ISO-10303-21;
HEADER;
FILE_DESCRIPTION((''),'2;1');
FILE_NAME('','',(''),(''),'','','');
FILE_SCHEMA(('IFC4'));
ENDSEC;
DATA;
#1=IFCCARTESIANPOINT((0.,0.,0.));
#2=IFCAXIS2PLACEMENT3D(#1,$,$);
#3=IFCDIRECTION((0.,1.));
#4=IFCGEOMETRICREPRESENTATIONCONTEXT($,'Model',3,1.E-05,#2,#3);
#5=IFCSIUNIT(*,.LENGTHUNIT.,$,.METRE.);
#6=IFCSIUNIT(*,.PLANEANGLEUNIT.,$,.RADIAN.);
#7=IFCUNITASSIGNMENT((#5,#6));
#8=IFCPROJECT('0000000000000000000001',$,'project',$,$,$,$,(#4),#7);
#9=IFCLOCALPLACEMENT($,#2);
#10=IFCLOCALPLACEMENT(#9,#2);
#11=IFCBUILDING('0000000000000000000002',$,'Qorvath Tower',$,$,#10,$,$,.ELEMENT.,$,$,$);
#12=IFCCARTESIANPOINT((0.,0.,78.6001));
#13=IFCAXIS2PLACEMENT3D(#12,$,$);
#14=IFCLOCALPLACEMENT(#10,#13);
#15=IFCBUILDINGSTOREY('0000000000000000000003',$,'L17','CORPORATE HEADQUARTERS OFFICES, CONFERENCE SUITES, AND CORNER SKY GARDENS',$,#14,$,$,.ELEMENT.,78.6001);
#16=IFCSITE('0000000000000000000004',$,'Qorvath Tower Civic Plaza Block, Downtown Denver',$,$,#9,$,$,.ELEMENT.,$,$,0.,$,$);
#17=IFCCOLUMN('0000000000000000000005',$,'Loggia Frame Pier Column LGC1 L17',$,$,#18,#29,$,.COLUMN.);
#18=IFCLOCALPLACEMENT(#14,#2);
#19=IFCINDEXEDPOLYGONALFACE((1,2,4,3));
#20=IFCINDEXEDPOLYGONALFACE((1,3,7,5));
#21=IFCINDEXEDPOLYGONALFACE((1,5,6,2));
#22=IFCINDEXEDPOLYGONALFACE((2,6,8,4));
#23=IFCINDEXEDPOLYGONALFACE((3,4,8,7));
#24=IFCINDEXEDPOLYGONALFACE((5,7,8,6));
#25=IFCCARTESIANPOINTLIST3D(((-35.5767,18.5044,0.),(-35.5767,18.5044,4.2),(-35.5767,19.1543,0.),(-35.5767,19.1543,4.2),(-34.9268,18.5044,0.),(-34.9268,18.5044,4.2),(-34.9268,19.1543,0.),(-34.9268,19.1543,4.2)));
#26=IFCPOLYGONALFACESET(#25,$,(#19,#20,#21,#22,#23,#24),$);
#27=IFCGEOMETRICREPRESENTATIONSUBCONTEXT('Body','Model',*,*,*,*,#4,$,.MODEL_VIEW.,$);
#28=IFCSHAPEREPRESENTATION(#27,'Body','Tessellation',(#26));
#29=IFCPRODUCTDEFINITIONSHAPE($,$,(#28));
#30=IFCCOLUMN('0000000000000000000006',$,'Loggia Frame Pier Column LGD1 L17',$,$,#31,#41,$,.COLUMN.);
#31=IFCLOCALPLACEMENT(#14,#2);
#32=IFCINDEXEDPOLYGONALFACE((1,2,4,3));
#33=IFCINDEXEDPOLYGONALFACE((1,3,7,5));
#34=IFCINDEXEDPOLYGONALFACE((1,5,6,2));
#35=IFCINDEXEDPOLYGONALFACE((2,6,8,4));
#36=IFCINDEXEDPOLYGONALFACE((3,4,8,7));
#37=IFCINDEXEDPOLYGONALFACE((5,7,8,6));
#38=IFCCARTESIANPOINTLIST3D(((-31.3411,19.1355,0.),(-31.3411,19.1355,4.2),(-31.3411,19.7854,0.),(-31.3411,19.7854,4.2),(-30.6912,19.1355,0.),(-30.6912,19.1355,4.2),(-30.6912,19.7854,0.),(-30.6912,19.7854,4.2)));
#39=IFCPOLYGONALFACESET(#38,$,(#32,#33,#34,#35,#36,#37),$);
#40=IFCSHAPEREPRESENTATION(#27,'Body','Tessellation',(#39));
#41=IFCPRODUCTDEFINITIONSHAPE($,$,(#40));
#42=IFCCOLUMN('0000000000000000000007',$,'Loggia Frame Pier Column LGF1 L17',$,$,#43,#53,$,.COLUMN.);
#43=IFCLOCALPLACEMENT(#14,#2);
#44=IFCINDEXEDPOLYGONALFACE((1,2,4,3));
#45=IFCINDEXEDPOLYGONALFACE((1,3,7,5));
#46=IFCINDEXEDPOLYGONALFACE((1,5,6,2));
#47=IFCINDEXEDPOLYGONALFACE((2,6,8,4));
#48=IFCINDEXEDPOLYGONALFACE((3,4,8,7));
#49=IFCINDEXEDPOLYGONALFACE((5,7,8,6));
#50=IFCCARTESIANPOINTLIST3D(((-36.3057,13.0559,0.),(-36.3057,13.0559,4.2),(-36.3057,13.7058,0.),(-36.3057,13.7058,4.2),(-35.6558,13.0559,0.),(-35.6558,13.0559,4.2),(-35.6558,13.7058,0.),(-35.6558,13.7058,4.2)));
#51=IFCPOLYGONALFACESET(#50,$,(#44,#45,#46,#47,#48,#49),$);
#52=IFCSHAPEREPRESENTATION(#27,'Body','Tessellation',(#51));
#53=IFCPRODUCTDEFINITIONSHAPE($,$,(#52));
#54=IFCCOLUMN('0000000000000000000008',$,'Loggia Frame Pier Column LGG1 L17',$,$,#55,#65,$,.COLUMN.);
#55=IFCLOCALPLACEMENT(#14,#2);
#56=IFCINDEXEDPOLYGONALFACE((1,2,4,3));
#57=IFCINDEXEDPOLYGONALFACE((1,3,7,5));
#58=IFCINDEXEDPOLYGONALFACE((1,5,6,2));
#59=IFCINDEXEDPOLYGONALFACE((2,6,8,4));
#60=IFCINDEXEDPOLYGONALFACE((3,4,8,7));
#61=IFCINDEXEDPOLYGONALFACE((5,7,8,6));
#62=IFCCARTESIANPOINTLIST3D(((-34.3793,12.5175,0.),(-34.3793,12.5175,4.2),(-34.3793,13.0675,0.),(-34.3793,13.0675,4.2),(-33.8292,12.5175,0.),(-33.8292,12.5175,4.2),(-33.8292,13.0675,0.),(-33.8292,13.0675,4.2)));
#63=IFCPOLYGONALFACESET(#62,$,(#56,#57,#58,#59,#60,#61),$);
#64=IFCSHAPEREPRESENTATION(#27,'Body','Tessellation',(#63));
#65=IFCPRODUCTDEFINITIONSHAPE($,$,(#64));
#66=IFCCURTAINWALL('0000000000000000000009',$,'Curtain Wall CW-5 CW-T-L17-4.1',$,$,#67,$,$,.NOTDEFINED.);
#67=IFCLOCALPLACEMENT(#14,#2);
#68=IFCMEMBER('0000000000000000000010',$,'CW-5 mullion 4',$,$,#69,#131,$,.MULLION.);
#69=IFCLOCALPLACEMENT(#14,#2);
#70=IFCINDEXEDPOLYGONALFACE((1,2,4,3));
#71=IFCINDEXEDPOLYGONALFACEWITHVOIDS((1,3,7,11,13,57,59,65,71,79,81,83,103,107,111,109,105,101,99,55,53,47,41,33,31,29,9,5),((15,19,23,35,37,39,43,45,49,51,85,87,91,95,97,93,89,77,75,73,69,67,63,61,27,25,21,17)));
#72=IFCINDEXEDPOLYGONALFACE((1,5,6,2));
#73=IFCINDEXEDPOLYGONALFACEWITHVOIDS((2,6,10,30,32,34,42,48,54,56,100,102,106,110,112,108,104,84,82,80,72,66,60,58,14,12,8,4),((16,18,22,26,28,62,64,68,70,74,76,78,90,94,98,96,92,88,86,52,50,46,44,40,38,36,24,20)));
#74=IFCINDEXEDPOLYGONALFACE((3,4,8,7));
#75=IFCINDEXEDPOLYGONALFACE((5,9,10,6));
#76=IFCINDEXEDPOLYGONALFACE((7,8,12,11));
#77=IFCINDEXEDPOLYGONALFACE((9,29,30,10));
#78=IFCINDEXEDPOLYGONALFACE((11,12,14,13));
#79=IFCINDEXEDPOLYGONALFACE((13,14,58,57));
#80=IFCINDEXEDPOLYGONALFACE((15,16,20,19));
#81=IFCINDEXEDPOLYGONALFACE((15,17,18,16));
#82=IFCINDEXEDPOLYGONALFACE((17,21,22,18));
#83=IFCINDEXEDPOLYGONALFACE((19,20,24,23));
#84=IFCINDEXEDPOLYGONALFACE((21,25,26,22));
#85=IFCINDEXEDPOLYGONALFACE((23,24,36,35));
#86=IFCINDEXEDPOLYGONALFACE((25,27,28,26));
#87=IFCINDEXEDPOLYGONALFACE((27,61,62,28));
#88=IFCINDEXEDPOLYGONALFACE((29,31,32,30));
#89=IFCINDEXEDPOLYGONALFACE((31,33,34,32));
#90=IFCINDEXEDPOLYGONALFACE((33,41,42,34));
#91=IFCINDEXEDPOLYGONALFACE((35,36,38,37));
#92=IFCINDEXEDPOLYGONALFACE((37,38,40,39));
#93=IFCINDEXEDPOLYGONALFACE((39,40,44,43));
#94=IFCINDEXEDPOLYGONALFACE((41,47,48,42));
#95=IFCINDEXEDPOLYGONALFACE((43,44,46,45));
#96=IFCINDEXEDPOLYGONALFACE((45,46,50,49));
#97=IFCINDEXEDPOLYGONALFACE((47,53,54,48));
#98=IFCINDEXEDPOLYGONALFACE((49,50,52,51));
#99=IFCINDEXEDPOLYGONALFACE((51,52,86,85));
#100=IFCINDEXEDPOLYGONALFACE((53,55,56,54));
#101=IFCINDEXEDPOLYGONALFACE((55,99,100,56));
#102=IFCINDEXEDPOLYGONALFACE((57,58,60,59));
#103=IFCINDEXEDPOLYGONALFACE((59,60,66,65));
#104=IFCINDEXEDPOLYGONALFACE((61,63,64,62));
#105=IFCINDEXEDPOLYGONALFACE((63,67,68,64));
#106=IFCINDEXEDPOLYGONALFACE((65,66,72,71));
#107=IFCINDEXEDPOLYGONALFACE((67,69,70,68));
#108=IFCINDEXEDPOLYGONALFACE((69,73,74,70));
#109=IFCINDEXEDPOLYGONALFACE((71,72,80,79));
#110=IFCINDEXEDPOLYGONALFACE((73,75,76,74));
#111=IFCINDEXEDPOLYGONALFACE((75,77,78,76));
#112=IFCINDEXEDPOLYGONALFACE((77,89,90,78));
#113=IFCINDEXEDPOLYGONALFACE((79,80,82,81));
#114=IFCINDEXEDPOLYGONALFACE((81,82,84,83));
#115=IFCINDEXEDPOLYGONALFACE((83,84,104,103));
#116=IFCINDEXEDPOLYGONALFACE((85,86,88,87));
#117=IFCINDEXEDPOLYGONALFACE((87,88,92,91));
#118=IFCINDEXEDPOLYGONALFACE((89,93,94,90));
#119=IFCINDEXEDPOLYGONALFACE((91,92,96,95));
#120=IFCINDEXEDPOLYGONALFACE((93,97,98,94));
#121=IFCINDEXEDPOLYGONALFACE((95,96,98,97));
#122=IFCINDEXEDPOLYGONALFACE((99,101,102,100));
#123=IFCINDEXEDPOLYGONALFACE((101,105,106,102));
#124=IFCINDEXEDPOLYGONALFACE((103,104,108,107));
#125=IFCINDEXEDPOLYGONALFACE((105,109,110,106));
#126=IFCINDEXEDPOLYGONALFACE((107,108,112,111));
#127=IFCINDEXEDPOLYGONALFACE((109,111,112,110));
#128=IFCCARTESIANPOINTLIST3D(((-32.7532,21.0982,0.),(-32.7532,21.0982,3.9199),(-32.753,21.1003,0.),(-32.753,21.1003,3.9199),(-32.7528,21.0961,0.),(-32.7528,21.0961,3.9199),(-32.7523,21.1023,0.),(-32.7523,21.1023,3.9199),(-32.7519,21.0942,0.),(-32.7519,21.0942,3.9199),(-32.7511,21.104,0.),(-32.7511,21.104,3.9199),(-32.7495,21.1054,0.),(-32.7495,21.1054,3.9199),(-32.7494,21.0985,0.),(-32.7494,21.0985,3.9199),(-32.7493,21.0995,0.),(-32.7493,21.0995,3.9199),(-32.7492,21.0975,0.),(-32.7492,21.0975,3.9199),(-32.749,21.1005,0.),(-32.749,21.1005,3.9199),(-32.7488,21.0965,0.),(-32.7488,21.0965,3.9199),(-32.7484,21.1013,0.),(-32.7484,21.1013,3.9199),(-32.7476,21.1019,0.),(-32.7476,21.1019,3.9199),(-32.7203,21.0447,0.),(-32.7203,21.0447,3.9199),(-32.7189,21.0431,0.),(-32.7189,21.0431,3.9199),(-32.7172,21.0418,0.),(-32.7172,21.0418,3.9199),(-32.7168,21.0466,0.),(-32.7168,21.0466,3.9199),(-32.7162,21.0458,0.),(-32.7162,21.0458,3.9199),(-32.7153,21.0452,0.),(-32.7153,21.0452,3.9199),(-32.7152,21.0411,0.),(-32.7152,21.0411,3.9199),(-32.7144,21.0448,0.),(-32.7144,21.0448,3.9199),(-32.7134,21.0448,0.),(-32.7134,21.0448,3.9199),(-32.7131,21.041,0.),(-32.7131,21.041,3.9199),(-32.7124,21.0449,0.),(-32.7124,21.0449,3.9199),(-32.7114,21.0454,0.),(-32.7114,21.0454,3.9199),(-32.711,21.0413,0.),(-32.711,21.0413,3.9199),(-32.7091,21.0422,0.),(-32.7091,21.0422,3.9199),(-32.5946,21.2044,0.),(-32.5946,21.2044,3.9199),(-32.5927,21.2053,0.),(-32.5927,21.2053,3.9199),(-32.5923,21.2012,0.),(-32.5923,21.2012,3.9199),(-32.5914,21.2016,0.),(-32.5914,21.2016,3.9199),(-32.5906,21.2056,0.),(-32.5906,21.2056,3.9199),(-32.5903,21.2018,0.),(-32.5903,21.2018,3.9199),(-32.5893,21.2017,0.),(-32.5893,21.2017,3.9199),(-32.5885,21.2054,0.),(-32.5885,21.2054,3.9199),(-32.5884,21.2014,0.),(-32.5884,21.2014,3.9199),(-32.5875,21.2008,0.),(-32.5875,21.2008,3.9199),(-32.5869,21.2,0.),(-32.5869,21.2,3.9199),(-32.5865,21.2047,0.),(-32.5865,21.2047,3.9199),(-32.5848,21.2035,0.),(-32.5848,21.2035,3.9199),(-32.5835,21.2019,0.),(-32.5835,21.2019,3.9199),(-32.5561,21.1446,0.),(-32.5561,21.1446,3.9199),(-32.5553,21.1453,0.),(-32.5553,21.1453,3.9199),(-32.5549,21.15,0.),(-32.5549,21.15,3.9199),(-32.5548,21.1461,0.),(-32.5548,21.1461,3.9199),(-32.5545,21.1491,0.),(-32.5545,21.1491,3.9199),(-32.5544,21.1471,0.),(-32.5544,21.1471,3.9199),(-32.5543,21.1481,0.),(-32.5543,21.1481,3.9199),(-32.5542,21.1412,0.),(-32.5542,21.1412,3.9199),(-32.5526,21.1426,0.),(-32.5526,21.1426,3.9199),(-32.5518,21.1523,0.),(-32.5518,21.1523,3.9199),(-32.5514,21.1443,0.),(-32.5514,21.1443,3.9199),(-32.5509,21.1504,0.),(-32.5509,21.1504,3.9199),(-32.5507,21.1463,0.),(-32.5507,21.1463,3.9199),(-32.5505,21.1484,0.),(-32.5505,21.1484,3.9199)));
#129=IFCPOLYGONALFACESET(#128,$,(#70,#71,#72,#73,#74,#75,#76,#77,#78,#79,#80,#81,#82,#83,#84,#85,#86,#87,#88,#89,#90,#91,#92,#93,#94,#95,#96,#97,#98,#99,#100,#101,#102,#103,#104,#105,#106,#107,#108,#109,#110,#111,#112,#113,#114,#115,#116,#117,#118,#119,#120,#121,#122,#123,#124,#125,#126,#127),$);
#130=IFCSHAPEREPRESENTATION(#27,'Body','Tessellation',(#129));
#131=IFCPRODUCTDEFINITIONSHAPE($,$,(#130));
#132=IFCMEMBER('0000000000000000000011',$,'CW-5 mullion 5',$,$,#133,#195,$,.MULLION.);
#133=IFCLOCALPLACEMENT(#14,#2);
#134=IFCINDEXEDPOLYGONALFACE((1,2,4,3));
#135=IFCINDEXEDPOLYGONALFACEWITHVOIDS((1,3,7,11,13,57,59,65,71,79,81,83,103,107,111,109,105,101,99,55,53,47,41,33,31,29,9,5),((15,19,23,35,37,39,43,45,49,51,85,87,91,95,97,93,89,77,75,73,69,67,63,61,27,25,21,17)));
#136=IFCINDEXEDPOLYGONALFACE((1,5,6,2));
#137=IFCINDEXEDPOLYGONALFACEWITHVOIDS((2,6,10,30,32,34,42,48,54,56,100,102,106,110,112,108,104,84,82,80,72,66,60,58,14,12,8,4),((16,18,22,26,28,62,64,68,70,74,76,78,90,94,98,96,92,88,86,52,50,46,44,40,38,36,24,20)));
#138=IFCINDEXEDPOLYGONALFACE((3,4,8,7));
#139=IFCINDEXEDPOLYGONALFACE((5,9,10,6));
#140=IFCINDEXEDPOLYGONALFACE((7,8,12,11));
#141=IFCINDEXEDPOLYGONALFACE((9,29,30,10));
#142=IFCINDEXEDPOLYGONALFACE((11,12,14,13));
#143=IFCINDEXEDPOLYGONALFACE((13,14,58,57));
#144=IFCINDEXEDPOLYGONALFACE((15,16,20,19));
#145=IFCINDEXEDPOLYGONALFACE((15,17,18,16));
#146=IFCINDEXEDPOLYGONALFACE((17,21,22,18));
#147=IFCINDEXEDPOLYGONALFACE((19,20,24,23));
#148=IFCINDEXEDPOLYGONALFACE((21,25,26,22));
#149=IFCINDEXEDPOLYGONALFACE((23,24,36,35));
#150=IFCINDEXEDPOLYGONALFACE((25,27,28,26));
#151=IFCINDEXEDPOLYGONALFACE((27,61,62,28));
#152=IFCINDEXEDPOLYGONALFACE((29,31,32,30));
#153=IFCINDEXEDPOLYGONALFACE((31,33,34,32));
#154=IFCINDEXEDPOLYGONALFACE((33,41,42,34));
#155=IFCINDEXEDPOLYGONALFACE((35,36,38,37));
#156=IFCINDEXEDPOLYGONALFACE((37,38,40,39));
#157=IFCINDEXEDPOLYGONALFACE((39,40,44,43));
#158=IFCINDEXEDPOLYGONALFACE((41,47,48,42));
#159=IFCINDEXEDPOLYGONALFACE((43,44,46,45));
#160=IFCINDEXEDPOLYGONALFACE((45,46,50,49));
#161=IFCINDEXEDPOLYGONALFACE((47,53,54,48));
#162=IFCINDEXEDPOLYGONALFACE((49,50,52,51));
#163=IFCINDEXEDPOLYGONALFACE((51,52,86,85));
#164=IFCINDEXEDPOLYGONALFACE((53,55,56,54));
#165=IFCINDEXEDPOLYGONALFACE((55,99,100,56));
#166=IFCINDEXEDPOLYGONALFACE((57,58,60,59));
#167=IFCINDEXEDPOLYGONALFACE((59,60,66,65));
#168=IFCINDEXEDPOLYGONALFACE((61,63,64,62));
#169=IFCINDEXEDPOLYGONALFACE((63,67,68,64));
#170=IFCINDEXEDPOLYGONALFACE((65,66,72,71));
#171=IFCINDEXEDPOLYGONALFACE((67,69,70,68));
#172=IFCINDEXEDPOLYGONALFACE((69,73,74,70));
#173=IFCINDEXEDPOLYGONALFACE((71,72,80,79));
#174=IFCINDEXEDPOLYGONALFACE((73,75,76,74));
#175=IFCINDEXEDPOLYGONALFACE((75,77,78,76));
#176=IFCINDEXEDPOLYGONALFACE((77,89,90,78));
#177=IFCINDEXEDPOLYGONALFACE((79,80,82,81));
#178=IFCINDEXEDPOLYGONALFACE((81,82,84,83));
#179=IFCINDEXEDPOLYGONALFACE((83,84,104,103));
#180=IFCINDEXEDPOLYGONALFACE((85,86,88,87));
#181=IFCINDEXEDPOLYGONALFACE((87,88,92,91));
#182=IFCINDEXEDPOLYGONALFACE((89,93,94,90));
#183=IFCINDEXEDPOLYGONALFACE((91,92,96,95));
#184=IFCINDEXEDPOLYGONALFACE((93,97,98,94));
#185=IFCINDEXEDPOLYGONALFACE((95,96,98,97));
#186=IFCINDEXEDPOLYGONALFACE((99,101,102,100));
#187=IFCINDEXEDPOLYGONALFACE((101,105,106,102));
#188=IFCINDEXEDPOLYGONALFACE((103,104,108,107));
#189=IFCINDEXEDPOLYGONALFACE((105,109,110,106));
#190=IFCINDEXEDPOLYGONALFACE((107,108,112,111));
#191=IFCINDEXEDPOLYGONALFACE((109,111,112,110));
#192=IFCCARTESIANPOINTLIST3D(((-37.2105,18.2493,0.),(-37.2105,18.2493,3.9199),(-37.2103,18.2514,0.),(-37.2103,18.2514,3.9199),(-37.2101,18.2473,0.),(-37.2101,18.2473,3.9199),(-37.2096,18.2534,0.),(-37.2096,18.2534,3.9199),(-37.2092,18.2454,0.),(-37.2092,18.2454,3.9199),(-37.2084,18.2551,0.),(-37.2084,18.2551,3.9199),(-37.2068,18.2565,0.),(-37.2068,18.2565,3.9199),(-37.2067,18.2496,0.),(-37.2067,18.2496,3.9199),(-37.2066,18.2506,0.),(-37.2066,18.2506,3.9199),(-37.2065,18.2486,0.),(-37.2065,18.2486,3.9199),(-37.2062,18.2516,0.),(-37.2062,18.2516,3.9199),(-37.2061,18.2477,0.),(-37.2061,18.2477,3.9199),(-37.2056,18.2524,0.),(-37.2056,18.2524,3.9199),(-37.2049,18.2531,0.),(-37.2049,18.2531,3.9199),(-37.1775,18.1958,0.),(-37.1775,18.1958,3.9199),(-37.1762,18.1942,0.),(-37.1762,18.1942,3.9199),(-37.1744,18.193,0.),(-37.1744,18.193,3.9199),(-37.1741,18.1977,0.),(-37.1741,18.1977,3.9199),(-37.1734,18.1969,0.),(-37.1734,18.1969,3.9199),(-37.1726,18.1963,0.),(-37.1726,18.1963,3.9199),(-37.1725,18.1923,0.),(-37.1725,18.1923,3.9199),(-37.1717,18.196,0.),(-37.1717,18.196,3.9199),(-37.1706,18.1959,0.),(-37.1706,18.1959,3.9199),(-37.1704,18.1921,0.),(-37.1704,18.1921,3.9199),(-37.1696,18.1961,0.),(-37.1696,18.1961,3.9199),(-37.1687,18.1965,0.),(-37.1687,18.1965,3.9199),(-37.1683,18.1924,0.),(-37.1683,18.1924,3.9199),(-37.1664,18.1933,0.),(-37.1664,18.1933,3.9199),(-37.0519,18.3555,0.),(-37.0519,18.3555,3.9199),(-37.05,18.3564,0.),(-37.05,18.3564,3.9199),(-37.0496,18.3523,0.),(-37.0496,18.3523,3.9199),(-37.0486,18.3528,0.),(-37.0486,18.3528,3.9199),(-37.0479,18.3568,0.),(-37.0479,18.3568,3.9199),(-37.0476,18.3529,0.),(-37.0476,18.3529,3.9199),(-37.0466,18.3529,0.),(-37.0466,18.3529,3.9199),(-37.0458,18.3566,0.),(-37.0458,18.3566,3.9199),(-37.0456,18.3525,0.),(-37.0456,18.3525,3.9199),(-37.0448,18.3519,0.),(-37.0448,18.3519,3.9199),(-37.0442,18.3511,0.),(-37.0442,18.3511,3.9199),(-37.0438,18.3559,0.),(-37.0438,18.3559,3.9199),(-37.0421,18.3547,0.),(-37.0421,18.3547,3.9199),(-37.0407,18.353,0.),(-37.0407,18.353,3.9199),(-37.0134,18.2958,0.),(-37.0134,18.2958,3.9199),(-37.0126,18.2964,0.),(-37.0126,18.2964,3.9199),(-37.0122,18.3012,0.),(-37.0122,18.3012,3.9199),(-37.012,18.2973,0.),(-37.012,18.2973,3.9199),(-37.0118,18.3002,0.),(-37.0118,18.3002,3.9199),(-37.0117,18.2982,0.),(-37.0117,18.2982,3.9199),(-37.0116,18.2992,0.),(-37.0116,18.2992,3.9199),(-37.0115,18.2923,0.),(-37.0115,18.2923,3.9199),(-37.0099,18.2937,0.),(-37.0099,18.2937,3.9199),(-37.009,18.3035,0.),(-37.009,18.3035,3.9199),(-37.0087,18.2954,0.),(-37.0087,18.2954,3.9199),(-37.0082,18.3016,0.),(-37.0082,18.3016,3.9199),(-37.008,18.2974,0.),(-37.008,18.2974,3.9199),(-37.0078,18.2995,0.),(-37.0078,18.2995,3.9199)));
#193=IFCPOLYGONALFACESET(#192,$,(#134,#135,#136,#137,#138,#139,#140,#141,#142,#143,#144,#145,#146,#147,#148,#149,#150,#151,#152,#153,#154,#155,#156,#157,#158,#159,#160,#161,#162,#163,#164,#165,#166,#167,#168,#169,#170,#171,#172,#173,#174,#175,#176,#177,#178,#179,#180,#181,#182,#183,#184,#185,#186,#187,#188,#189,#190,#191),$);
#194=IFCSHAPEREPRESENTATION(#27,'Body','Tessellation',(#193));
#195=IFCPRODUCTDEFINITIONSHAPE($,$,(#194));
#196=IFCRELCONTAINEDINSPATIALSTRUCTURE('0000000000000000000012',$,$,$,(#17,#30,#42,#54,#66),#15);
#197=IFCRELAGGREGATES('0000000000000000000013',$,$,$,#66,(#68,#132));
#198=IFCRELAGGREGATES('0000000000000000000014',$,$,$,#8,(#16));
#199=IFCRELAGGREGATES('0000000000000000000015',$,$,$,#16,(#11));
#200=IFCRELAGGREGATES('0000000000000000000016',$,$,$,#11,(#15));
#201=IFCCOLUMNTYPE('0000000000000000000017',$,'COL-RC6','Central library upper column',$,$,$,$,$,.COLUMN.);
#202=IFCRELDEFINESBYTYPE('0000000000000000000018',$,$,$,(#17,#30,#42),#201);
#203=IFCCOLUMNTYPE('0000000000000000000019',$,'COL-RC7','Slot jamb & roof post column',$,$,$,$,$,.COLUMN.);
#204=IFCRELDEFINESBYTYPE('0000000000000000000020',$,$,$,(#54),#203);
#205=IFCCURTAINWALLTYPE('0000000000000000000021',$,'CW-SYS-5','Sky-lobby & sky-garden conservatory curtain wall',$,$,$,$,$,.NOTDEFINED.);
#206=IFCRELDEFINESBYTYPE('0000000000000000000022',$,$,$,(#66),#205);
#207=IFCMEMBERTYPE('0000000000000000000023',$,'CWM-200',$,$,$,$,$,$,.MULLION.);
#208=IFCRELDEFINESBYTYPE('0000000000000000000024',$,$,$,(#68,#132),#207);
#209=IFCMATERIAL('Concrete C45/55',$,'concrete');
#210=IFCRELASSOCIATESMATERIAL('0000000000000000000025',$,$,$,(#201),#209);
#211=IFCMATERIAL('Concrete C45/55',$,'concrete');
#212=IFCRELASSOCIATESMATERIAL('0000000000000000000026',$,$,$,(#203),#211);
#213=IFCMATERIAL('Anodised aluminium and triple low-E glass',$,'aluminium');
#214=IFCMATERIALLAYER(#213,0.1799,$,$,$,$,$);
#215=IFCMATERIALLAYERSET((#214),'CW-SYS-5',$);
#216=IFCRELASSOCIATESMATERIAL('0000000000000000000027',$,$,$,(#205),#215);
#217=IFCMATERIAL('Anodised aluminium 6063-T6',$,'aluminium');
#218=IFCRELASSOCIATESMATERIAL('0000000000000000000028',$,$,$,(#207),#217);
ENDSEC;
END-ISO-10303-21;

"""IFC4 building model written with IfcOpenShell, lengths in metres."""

from ifc_helpers import new_model, si_unit, direction, frame, origin, origin_2d, place, context, subcontext, project, spatial, rectangle, hollow_rectangle, extrude, material, layer, layer_set, material_profile, profile_set, type_object, element, aggregate, save


model = new_model("IFC4")

# Units and contexts
model_context = context("Model", 3, precision=1e-05, world=origin(), true_north=direction((0.0, 1.0)))
body_context = subcontext(model_context, "Body", "Model", "MODEL_VIEW")
ifc_project = project(units=[si_unit("LENGTHUNIT", "METRE"), si_unit("PLANEANGLEUNIT", "RADIAN")], contexts=[model_context])

# Site, building, storey
site_placement = place(None, origin())
site = spatial("IfcSite", under=ifc_project, at=site_placement, Name="Qorvath Tower Civic Plaza Block, Downtown Denver", CompositionType="ELEMENT", RefElevation=0.0)
building_placement = place(site_placement, origin())
building = spatial("IfcBuilding", under=site, at=building_placement, Name="Qorvath Tower", CompositionType="ELEMENT")
storey_placement = place(building_placement, frame((0.0, 0.0, 78.6001)))
storey = spatial("IfcBuildingStorey", under=building, at=storey_placement, Name="L17", Description="CORPORATE HEADQUARTERS OFFICES, CONFERENCE SUITES, AND CORNER SKY GARDENS", CompositionType="ELEMENT", Elevation=78.6001)

# Columns
ifc_material_1 = material(Name="Concrete C45/55", Category="concrete")
ifc_material_profile_1 = material_profile(ifc_material_1, rectangle(XDim=0.6499, YDim=0.6499, at=origin_2d()), Name="RC 650x650")
ifc_profile_set_1 = profile_set([ifc_material_profile_1], Name="Concrete C45/55")
column_type_1 = type_object("IfcColumnType", Name="COL-RC6", Description="Central library upper column", PredefinedType="COLUMN", material=ifc_profile_set_1)
for number, where, z_axis, x_axis, name in (
    (1, (-35.2517, 18.8293, 0.0), (0.0, 0.0, 1.0), (1.0, 0.0, 0.0), "Loggia Frame Pier Column LGC1 L17"),
    (2, (-31.0161, 19.4604, 0.0), (0.0, 0.0, 1.0), (1.0, 0.0, 0.0), "Loggia Frame Pier Column LGD1 L17"),
    (3, (-35.9807, 13.3809, 0.0), (0.0, 0.0, 1.0), (1.0, 0.0, 0.0), "Loggia Frame Pier Column LGF1 L17"),
):
    element("IfcColumn", number, at=place(storey_placement, frame(where, z_axis=z_axis, x_axis=x_axis)), inside=storey, type_object=column_type_1, Name=name, PredefinedType="COLUMN", context=body_context, shape_type="SweptSolid", body=[
        extrude(rectangle(XDim=0.6499, YDim=0.6499, at=origin_2d()), origin(), (0.0, 0.0, 1.0), 4.2),
    ])
ifc_material_2 = material(Name="Concrete C45/55", Category="concrete")
ifc_material_profile_2 = material_profile(ifc_material_2, rectangle(XDim=0.55, YDim=0.55, at=origin_2d()), Name="RC 550x550")
ifc_profile_set_2 = profile_set([ifc_material_profile_2], Name="Concrete C45/55")
column_type_2 = type_object("IfcColumnType", Name="COL-RC7", Description="Slot jamb & roof post column", PredefinedType="COLUMN", material=ifc_profile_set_2)
column_placement = place(storey_placement, frame((-34.1042, 12.7925, 0.0), z_axis=(0.0, 0.0, 1.0), x_axis=(1.0, 0.0, 0.0)))
element("IfcColumn", 4, at=column_placement, inside=storey, type_object=column_type_2, Name="Loggia Frame Pier Column LGG1 L17", PredefinedType="COLUMN", context=body_context, shape_type="SweptSolid", body=[
    extrude(rectangle(XDim=0.55, YDim=0.55, at=origin_2d()), origin(), (0.0, 0.0, 1.0), 4.2),
])

# Curtain wall, members
ifc_material_3 = material(Name="Anodised aluminium and triple low-E glass", Category="aluminium")
ifc_layer_1 = layer(ifc_material_3, 0.1799)
ifc_layer_set_1 = layer_set([ifc_layer_1], Name="CW-SYS-5")
curtain_wall_type = type_object("IfcCurtainWallType", Name="CW-SYS-5", Description="Sky-lobby & sky-garden conservatory curtain wall", PredefinedType="NOTDEFINED", material=ifc_layer_set_1)
curtain_wall_placement = place(storey_placement, origin())
curtain_wall = element("IfcCurtainWall", 5, at=curtain_wall_placement, inside=storey, type_object=curtain_wall_type, Name="Curtain Wall CW-5 CW-T-L17-4.1", PredefinedType="NOTDEFINED")
ifc_material_4 = material(Name="Anodised aluminium 6063-T6", Category="aluminium")
ifc_material_profile_3 = material_profile(ifc_material_4, hollow_rectangle(XDim=0.075, YDim=0.2, WallThickness=0.0039, InnerFilletRadius=0.0039, OuterFilletRadius=0.0081, at=origin_2d()), Name="CWM 200x75")
ifc_profile_set_3 = profile_set([ifc_material_profile_3], Name="Anodised aluminium 6063-T6")
member_type_1 = type_object("IfcMemberType", Name="CWM-200", PredefinedType="MULLION", material=ifc_profile_set_3)
member_1_placement = place(storey_placement, frame((-32.6519, 21.1233, 0.0), z_axis=(0.0, 0.0, 1.0), x_axis=(0.538533, -0.842604, 0.0)))
member_1 = element("IfcMember", 6, at=member_1_placement, type_object=member_type_1, Name="CW-5 mullion 4", PredefinedType="MULLION", context=body_context, shape_type="SweptSolid", body=[
    extrude(hollow_rectangle(XDim=0.075, YDim=0.2, WallThickness=0.0039, InnerFilletRadius=0.0039, OuterFilletRadius=0.0081, at=origin_2d()), origin(), (0.0, 0.0, 1.0), 3.9199),
])
member_2_placement = place(storey_placement, frame((-37.1091, 18.2744, 0.0), z_axis=(0.0, 0.0, 1.0), x_axis=(0.538533, -0.842604, 0.0)))
member_2 = element("IfcMember", 7, at=member_2_placement, type_object=member_type_1, Name="CW-5 mullion 5", PredefinedType="MULLION", context=body_context, shape_type="SweptSolid", body=[
    extrude(hollow_rectangle(XDim=0.075, YDim=0.2, WallThickness=0.0039, InnerFilletRadius=0.0039, OuterFilletRadius=0.0081, at=origin_2d()), origin(), (0.0, 0.0, 1.0), 3.9199),
])
aggregate(curtain_wall, [member_1, member_2])

save(model, "model.ifc")
